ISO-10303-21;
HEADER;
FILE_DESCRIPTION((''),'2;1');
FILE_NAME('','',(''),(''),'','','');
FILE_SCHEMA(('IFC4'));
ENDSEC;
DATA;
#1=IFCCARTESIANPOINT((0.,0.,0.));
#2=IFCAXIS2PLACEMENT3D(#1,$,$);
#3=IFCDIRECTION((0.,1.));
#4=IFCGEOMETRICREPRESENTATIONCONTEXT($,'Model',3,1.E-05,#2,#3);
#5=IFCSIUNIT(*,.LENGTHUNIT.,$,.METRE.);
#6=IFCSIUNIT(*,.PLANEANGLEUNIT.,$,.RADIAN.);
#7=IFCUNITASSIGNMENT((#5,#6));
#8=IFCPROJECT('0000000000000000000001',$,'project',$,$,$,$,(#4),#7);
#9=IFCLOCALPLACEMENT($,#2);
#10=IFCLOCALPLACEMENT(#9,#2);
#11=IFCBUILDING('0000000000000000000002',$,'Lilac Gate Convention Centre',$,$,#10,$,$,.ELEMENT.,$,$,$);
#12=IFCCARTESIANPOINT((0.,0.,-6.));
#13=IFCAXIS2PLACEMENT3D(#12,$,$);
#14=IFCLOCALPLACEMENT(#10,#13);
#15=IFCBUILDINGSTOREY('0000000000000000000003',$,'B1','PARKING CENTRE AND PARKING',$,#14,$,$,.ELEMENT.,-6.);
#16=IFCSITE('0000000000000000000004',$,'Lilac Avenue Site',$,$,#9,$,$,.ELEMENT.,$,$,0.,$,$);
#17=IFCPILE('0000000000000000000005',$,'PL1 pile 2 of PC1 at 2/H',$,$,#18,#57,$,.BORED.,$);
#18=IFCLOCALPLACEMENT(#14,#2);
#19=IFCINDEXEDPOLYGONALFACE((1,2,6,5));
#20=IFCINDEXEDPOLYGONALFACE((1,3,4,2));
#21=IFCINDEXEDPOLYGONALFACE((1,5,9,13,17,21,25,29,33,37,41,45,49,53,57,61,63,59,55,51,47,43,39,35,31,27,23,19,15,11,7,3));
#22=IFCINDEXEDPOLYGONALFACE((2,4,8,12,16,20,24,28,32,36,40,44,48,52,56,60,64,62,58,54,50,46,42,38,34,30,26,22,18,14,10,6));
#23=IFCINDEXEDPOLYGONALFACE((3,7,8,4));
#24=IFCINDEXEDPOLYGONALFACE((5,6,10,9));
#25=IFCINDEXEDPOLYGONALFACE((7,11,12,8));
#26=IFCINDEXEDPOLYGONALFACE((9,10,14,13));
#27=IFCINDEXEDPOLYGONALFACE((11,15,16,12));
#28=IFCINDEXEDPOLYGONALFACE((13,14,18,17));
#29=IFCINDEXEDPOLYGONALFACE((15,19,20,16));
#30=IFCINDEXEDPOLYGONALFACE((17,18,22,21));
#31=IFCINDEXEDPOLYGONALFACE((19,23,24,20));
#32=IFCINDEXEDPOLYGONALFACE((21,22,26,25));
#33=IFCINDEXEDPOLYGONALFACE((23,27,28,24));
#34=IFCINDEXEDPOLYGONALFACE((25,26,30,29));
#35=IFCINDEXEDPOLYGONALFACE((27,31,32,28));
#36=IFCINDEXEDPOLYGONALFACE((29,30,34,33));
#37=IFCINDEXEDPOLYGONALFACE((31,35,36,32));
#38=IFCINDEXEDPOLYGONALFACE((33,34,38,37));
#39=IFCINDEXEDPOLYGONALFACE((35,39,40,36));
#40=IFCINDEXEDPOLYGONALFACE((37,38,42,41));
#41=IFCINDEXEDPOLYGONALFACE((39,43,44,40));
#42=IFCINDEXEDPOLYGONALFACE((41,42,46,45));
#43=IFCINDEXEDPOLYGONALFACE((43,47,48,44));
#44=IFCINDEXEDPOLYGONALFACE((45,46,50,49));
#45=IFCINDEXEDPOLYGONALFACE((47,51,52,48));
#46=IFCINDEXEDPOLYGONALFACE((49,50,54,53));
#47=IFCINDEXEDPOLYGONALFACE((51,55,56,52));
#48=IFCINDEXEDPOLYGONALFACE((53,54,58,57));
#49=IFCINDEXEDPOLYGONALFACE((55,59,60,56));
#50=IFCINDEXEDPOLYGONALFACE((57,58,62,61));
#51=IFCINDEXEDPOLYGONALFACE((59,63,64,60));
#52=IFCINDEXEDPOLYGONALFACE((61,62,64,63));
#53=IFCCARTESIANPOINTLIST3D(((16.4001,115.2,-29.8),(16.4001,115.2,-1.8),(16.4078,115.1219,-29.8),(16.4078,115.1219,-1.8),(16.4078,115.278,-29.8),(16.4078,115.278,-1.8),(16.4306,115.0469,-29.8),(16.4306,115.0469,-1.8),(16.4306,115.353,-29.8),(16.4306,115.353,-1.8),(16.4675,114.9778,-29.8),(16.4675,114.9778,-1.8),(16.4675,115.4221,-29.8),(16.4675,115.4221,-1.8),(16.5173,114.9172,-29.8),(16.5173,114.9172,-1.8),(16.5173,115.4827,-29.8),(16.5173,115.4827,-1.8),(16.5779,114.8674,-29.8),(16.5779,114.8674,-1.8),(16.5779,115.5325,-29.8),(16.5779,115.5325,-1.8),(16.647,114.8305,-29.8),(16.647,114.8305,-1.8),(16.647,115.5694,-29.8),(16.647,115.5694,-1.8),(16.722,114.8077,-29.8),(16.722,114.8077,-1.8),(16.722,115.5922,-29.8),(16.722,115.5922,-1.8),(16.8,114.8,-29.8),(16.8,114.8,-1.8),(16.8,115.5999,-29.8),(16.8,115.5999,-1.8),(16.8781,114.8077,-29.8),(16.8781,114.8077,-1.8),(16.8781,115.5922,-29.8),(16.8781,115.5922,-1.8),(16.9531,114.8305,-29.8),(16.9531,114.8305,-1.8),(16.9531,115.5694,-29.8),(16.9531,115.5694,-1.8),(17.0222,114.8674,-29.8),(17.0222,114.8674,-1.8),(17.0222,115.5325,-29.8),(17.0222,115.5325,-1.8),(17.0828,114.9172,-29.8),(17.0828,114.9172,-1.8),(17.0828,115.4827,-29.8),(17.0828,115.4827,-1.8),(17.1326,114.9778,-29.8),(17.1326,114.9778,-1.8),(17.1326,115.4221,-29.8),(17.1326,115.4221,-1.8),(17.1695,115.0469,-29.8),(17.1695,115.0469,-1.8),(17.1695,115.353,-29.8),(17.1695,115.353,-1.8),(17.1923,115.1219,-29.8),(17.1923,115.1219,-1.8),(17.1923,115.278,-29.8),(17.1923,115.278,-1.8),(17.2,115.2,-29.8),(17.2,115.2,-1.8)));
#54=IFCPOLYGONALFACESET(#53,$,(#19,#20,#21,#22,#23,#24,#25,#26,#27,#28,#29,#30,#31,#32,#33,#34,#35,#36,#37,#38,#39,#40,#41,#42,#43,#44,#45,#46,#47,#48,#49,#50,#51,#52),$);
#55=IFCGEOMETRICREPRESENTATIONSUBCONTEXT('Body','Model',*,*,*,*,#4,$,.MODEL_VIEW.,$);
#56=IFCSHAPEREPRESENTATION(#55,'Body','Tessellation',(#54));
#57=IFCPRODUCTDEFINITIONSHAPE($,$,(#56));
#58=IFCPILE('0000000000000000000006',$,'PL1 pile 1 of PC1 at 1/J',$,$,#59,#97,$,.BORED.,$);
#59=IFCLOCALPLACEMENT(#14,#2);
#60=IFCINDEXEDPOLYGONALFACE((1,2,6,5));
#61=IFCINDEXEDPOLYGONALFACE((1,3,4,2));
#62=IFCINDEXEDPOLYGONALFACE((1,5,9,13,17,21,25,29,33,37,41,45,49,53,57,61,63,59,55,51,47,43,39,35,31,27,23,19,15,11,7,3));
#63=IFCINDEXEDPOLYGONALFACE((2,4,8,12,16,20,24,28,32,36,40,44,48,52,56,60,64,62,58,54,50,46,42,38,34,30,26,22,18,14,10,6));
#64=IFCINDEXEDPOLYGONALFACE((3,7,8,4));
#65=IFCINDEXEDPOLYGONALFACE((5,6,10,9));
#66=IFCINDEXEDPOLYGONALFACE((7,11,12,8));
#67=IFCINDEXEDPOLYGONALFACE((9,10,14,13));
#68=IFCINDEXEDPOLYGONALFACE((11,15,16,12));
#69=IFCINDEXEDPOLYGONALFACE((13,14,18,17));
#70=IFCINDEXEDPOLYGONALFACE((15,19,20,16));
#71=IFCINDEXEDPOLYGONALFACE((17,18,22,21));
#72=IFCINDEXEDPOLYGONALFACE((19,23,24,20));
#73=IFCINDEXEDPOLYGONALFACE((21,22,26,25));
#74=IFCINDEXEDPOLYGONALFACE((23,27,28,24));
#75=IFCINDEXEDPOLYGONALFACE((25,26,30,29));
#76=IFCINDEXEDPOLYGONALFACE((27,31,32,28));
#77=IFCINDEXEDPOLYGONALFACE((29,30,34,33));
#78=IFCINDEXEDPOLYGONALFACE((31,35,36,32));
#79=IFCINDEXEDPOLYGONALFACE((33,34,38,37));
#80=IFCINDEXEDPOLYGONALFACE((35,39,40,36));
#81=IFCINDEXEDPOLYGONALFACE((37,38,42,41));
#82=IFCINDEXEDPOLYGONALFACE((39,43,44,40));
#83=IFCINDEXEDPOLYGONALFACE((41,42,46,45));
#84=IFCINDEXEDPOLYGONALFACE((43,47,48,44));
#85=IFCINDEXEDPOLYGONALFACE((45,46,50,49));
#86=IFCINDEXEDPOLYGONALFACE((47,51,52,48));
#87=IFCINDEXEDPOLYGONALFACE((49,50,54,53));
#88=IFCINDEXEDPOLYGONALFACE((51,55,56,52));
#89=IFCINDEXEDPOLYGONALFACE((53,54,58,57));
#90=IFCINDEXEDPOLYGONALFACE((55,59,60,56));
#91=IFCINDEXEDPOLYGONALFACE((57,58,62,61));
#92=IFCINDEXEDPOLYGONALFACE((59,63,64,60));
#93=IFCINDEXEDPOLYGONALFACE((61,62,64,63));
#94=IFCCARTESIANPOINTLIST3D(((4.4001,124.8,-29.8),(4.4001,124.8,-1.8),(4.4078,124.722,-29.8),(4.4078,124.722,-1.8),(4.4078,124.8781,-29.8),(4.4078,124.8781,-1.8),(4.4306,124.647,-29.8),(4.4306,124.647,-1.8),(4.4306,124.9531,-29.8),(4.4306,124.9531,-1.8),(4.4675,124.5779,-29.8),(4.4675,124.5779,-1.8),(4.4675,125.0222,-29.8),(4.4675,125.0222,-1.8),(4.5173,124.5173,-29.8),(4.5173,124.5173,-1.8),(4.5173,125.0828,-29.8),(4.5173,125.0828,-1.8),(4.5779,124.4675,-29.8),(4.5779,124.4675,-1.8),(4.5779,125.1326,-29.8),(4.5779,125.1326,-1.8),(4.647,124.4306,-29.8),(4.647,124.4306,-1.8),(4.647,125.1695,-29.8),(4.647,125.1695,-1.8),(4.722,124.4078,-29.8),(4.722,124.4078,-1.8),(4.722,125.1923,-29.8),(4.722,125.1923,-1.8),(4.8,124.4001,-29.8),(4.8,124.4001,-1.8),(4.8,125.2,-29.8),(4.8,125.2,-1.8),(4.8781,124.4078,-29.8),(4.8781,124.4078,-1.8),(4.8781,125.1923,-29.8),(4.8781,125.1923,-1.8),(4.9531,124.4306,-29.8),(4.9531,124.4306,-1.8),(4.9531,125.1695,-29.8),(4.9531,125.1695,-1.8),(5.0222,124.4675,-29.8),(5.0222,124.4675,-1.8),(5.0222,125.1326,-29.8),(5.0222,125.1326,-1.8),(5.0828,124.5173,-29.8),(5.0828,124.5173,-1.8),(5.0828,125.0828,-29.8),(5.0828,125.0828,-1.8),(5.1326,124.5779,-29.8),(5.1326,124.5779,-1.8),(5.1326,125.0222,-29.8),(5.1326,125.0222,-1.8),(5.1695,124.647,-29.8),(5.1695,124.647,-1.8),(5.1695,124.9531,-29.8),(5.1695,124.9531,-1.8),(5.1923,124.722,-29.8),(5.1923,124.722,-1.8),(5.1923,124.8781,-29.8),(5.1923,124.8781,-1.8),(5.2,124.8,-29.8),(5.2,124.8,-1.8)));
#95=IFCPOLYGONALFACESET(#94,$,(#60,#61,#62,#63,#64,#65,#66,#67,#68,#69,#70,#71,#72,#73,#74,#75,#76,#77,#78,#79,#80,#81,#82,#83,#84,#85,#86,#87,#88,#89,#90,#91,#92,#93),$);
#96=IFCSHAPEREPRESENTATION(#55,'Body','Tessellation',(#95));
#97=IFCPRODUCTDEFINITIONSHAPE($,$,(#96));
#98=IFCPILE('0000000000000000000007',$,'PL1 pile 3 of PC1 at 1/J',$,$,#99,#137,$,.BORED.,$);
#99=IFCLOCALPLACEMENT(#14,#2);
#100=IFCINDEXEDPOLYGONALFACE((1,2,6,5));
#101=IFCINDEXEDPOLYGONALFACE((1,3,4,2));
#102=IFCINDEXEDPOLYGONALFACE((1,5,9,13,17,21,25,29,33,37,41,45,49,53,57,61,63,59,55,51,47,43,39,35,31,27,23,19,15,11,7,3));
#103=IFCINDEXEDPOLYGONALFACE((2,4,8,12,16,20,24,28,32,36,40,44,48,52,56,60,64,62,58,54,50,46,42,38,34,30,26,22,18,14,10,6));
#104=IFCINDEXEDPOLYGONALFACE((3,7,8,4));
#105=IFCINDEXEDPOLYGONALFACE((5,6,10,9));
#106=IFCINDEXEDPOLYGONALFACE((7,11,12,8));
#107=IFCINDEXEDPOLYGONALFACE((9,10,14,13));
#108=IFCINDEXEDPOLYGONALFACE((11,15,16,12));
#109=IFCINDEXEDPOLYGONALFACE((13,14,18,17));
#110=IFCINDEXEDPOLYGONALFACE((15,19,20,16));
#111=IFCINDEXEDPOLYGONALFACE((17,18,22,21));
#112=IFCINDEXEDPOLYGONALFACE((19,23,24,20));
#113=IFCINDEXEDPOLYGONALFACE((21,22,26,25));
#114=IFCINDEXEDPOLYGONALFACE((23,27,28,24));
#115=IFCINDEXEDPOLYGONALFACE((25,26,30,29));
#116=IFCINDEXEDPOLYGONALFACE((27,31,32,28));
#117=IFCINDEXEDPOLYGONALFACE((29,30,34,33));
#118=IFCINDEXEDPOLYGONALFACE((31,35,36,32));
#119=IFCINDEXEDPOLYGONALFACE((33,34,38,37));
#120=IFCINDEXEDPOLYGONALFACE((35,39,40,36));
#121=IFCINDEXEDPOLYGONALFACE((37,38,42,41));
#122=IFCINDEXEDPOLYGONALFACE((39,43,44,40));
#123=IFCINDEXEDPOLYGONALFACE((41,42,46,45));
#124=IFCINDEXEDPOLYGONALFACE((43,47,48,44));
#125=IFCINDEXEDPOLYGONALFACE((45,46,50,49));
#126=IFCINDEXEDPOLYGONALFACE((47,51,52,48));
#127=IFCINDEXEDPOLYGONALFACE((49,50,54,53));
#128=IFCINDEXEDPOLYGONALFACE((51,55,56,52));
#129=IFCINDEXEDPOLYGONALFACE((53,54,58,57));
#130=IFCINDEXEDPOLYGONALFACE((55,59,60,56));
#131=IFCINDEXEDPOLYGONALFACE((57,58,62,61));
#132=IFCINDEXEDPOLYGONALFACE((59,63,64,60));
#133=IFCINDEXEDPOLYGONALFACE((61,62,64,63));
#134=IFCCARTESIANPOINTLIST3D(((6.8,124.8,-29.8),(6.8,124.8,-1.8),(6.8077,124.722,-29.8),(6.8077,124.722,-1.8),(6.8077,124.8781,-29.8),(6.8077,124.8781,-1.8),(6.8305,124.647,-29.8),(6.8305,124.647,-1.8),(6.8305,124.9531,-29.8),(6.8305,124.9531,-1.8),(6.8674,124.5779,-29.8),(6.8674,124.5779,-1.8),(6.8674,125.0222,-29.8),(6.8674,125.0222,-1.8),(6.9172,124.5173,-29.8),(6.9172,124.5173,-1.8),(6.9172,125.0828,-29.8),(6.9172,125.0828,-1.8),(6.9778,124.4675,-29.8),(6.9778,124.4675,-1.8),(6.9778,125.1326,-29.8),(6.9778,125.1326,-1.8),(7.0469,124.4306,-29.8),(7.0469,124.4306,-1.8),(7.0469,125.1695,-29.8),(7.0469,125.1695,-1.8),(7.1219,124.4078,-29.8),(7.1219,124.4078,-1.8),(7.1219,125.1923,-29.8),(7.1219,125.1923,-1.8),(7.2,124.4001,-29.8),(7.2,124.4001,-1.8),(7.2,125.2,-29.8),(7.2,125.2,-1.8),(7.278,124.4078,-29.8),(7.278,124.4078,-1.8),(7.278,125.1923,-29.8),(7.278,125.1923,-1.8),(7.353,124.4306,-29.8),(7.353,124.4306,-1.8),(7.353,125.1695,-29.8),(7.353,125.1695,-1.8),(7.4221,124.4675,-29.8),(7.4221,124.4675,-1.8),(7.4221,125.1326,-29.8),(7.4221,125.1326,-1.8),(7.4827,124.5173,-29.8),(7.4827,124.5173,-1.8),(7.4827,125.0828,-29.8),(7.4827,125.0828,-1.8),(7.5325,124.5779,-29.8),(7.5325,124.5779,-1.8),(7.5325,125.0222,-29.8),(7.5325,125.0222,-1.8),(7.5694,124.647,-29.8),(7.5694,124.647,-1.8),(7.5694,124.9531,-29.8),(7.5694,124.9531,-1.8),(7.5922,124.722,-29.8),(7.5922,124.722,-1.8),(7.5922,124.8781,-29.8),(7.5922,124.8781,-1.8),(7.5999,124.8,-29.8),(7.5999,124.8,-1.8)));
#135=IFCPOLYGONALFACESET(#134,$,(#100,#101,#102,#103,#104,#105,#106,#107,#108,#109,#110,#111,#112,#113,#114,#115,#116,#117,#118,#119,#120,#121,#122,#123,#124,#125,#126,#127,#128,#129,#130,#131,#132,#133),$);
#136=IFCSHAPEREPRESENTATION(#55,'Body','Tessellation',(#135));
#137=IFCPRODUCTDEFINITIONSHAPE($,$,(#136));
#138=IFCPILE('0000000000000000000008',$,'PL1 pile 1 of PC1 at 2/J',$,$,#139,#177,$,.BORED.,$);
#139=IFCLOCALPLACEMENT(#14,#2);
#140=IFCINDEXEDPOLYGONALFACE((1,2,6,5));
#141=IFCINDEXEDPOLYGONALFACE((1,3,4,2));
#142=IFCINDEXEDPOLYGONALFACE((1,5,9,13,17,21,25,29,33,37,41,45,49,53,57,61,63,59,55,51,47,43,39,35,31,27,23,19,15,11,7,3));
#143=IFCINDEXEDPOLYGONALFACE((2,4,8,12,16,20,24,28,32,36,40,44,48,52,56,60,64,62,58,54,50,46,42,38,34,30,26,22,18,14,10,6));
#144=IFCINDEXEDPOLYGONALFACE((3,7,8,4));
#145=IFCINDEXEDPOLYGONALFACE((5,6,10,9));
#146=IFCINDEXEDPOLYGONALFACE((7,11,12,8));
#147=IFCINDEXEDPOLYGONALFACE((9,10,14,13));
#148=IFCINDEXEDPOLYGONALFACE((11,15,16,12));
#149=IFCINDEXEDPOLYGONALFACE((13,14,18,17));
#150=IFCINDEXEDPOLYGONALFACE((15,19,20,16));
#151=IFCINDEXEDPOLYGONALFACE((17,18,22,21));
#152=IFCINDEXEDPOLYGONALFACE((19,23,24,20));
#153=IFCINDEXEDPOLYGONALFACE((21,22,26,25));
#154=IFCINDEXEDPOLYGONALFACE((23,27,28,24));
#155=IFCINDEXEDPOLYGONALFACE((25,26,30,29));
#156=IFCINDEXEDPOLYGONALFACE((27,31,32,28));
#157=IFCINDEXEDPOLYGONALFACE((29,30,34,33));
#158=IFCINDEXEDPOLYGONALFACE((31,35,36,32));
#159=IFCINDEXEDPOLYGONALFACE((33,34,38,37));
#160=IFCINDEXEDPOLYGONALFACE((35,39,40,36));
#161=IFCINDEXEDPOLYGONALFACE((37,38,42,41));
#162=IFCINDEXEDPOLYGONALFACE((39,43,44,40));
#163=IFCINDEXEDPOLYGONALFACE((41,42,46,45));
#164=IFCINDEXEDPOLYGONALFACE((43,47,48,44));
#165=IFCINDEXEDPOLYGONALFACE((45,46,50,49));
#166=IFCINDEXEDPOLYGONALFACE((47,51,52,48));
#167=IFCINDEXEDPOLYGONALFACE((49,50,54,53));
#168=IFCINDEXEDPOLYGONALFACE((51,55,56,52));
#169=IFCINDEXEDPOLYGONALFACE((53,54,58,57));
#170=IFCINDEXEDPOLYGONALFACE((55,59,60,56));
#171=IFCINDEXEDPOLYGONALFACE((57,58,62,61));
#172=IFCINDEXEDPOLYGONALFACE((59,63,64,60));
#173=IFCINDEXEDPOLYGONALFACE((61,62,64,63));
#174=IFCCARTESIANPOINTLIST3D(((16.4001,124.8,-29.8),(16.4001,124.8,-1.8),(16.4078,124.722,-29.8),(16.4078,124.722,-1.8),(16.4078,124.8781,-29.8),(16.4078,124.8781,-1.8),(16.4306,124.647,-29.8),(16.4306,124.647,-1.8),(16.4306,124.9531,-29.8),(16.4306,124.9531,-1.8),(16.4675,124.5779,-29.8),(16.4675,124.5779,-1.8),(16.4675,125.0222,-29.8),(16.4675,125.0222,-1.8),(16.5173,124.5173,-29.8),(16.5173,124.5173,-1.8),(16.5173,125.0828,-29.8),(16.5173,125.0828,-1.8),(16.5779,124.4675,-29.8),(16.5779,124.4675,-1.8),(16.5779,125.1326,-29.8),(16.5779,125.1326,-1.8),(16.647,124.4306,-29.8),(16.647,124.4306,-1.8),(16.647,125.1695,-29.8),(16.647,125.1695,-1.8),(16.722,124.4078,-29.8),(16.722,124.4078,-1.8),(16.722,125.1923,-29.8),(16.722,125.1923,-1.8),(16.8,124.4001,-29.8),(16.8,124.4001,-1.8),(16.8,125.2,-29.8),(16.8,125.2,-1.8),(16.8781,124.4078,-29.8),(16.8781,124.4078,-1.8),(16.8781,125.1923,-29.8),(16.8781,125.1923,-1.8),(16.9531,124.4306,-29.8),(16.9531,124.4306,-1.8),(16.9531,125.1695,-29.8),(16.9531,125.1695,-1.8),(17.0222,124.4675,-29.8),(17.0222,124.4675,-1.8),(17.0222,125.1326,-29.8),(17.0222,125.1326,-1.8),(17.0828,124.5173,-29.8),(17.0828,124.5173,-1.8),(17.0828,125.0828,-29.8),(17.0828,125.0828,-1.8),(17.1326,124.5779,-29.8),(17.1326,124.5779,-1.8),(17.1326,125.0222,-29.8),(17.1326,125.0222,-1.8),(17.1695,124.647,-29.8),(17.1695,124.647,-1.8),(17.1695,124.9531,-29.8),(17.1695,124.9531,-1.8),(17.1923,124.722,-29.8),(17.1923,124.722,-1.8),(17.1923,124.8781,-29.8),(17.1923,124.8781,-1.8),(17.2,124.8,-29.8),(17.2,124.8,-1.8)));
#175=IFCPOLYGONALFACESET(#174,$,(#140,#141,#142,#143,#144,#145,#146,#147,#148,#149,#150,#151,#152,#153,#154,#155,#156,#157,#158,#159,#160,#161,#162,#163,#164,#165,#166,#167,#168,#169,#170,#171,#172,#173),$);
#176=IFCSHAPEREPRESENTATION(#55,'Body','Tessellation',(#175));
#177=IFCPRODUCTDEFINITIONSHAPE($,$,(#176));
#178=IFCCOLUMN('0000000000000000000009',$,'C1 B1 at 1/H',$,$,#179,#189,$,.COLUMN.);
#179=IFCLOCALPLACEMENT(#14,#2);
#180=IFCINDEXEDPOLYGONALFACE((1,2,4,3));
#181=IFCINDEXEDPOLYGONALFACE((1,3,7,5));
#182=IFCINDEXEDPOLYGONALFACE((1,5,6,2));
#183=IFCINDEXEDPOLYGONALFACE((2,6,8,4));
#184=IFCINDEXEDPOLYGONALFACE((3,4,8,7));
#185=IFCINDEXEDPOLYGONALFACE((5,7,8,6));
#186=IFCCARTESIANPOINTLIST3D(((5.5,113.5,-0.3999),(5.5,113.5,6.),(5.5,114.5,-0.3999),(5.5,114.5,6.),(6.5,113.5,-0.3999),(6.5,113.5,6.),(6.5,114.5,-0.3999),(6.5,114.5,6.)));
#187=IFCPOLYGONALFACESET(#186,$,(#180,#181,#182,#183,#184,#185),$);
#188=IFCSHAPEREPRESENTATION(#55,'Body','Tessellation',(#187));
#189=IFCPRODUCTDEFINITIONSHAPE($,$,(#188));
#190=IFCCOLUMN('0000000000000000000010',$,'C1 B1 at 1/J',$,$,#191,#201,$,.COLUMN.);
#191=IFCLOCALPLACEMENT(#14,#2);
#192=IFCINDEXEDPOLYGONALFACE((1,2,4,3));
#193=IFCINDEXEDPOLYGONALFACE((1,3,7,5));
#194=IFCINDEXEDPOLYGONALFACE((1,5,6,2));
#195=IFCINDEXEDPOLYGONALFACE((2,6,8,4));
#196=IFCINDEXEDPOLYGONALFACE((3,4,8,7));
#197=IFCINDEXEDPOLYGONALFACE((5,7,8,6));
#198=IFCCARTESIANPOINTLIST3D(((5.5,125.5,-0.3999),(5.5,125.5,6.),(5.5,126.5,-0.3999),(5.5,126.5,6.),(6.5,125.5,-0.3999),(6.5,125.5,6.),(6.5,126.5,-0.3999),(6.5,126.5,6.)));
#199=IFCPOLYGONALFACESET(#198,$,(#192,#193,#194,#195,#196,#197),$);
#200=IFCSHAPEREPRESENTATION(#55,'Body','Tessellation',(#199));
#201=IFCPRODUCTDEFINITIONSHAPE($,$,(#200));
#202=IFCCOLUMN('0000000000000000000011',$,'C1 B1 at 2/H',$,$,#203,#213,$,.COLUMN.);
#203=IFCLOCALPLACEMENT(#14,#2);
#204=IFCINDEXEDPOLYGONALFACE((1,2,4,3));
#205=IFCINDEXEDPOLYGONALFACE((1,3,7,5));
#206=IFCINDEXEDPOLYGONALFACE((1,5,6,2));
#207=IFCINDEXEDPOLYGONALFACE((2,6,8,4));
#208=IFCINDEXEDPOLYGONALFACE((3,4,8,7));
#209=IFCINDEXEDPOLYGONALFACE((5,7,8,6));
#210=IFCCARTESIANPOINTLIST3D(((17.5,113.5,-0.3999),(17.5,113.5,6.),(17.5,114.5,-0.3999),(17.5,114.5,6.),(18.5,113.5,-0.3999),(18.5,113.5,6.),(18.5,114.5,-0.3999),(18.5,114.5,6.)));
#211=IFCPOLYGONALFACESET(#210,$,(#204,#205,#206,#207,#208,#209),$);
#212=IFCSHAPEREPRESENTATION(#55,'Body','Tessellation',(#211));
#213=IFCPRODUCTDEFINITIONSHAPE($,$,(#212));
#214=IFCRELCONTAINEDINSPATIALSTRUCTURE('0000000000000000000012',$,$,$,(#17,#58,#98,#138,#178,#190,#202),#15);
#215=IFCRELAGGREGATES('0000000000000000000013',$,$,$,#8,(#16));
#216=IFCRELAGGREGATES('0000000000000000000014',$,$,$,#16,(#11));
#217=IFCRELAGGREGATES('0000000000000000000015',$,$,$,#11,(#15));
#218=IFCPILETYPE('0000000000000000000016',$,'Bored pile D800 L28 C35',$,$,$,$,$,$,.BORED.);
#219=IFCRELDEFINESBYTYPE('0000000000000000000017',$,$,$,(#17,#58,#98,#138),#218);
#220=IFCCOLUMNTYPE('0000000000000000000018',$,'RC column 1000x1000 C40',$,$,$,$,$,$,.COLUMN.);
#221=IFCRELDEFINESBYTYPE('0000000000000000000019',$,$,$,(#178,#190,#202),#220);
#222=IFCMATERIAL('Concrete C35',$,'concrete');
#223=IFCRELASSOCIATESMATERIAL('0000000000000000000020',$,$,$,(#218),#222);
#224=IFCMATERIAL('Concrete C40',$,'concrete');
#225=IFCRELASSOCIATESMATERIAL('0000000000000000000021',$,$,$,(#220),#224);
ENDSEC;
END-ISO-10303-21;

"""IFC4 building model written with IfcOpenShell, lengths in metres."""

from ifc_helpers import new_model, si_unit, direction, frame, origin, origin_2d, place, context, subcontext, project, spatial, rectangle, circle, extrude, material, material_profile, profile_set, type_object, element, save


model = new_model("IFC4")

# Units and contexts
model_context = context("Model", 3, precision=1e-05, world=origin(), true_north=direction((0.0, 1.0)))
body_context = subcontext(model_context, "Body", "Model", "MODEL_VIEW")
ifc_project = project(units=[si_unit("LENGTHUNIT", "METRE"), si_unit("PLANEANGLEUNIT", "RADIAN")], contexts=[model_context])

# Site, building, storey
site_placement = place(None, origin())
site = spatial("IfcSite", under=ifc_project, at=site_placement, Name="Lilac Avenue Site", CompositionType="ELEMENT", RefElevation=0.0)
building_placement = place(site_placement, origin())
building = spatial("IfcBuilding", under=site, at=building_placement, Name="Lilac Gate Convention Centre", CompositionType="ELEMENT")
storey_placement = place(building_placement, frame((0.0, 0.0, -6.0)))
storey = spatial("IfcBuildingStorey", under=building, at=storey_placement, Name="B1", Description="PARKING CENTRE AND PARKING", CompositionType="ELEMENT", Elevation=-6.0)

# Piles
ifc_material_1 = material(Name="Concrete C35", Category="concrete")
ifc_material_profile_1 = material_profile(ifc_material_1, circle(Radius=0.3999, at=origin_2d()), Name="D800")
ifc_profile_set_1 = profile_set([ifc_material_profile_1], Name="Concrete C35")
pile_type = type_object("IfcPileType", Name="Bored pile D800 L28 C35", PredefinedType="BORED", material=ifc_profile_set_1)
for number, where, z_axis, x_axis, name in (
    (1, (16.8, 115.2, -1.8), (0.0, 0.0, -1.0), (1.0, 0.0, 0.0), "PL1 pile 2 of PC1 at 2/H"),
    (2, (4.8, 124.8, -1.8), (0.0, 0.0, -1.0), (1.0, 0.0, 0.0), "PL1 pile 1 of PC1 at 1/J"),
    (3, (7.2, 124.8, -1.8), (0.0, 0.0, -1.0), (1.0, 0.0, 0.0), "PL1 pile 3 of PC1 at 1/J"),
    (4, (16.8, 124.8, -1.8), (0.0, 0.0, -1.0), (1.0, 0.0, 0.0), "PL1 pile 1 of PC1 at 2/J"),
):
    element("IfcPile", number, at=place(storey_placement, frame(where, z_axis=z_axis, x_axis=x_axis)), inside=storey, type_object=pile_type, Name=name, PredefinedType="BORED", context=body_context, shape_type="SweptSolid", body=[
        extrude(circle(Radius=0.3999, at=origin_2d()), origin(), (0.0, 0.0, 1.0), 28.0),
    ])

# Columns
ifc_material_2 = material(Name="Concrete C40", Category="concrete")
ifc_material_profile_2 = material_profile(ifc_material_2, rectangle(XDim=1.0, YDim=1.0, at=origin_2d()), Name="RC 1000x1000")
ifc_profile_set_2 = profile_set([ifc_material_profile_2], Name="Concrete C40")
column_type = type_object("IfcColumnType", Name="RC column 1000x1000 C40", PredefinedType="COLUMN", material=ifc_profile_set_2)
for number, where, z_axis, x_axis, name in (
    (5, (6.0, 114.0, -0.3999), (0.0, 0.0, 1.0), (1.0, 0.0, 0.0), "C1 B1 at 1/H"),
    (6, (6.0, 126.0, -0.3999), (0.0, 0.0, 1.0), (1.0, 0.0, 0.0), "C1 B1 at 1/J"),
    (7, (18.0, 114.0, -0.3999), (0.0, 0.0, 1.0), (1.0, 0.0, 0.0), "C1 B1 at 2/H"),
):
    element("IfcColumn", number, at=place(storey_placement, frame(where, z_axis=z_axis, x_axis=x_axis)), inside=storey, type_object=column_type, Name=name, PredefinedType="COLUMN", context=body_context, shape_type="SweptSolid", body=[
        extrude(rectangle(XDim=1.0, YDim=1.0, at=origin_2d()), origin(), (0.0, 0.0, 1.0), 6.3999),
    ])

save(model, "model.ifc")
